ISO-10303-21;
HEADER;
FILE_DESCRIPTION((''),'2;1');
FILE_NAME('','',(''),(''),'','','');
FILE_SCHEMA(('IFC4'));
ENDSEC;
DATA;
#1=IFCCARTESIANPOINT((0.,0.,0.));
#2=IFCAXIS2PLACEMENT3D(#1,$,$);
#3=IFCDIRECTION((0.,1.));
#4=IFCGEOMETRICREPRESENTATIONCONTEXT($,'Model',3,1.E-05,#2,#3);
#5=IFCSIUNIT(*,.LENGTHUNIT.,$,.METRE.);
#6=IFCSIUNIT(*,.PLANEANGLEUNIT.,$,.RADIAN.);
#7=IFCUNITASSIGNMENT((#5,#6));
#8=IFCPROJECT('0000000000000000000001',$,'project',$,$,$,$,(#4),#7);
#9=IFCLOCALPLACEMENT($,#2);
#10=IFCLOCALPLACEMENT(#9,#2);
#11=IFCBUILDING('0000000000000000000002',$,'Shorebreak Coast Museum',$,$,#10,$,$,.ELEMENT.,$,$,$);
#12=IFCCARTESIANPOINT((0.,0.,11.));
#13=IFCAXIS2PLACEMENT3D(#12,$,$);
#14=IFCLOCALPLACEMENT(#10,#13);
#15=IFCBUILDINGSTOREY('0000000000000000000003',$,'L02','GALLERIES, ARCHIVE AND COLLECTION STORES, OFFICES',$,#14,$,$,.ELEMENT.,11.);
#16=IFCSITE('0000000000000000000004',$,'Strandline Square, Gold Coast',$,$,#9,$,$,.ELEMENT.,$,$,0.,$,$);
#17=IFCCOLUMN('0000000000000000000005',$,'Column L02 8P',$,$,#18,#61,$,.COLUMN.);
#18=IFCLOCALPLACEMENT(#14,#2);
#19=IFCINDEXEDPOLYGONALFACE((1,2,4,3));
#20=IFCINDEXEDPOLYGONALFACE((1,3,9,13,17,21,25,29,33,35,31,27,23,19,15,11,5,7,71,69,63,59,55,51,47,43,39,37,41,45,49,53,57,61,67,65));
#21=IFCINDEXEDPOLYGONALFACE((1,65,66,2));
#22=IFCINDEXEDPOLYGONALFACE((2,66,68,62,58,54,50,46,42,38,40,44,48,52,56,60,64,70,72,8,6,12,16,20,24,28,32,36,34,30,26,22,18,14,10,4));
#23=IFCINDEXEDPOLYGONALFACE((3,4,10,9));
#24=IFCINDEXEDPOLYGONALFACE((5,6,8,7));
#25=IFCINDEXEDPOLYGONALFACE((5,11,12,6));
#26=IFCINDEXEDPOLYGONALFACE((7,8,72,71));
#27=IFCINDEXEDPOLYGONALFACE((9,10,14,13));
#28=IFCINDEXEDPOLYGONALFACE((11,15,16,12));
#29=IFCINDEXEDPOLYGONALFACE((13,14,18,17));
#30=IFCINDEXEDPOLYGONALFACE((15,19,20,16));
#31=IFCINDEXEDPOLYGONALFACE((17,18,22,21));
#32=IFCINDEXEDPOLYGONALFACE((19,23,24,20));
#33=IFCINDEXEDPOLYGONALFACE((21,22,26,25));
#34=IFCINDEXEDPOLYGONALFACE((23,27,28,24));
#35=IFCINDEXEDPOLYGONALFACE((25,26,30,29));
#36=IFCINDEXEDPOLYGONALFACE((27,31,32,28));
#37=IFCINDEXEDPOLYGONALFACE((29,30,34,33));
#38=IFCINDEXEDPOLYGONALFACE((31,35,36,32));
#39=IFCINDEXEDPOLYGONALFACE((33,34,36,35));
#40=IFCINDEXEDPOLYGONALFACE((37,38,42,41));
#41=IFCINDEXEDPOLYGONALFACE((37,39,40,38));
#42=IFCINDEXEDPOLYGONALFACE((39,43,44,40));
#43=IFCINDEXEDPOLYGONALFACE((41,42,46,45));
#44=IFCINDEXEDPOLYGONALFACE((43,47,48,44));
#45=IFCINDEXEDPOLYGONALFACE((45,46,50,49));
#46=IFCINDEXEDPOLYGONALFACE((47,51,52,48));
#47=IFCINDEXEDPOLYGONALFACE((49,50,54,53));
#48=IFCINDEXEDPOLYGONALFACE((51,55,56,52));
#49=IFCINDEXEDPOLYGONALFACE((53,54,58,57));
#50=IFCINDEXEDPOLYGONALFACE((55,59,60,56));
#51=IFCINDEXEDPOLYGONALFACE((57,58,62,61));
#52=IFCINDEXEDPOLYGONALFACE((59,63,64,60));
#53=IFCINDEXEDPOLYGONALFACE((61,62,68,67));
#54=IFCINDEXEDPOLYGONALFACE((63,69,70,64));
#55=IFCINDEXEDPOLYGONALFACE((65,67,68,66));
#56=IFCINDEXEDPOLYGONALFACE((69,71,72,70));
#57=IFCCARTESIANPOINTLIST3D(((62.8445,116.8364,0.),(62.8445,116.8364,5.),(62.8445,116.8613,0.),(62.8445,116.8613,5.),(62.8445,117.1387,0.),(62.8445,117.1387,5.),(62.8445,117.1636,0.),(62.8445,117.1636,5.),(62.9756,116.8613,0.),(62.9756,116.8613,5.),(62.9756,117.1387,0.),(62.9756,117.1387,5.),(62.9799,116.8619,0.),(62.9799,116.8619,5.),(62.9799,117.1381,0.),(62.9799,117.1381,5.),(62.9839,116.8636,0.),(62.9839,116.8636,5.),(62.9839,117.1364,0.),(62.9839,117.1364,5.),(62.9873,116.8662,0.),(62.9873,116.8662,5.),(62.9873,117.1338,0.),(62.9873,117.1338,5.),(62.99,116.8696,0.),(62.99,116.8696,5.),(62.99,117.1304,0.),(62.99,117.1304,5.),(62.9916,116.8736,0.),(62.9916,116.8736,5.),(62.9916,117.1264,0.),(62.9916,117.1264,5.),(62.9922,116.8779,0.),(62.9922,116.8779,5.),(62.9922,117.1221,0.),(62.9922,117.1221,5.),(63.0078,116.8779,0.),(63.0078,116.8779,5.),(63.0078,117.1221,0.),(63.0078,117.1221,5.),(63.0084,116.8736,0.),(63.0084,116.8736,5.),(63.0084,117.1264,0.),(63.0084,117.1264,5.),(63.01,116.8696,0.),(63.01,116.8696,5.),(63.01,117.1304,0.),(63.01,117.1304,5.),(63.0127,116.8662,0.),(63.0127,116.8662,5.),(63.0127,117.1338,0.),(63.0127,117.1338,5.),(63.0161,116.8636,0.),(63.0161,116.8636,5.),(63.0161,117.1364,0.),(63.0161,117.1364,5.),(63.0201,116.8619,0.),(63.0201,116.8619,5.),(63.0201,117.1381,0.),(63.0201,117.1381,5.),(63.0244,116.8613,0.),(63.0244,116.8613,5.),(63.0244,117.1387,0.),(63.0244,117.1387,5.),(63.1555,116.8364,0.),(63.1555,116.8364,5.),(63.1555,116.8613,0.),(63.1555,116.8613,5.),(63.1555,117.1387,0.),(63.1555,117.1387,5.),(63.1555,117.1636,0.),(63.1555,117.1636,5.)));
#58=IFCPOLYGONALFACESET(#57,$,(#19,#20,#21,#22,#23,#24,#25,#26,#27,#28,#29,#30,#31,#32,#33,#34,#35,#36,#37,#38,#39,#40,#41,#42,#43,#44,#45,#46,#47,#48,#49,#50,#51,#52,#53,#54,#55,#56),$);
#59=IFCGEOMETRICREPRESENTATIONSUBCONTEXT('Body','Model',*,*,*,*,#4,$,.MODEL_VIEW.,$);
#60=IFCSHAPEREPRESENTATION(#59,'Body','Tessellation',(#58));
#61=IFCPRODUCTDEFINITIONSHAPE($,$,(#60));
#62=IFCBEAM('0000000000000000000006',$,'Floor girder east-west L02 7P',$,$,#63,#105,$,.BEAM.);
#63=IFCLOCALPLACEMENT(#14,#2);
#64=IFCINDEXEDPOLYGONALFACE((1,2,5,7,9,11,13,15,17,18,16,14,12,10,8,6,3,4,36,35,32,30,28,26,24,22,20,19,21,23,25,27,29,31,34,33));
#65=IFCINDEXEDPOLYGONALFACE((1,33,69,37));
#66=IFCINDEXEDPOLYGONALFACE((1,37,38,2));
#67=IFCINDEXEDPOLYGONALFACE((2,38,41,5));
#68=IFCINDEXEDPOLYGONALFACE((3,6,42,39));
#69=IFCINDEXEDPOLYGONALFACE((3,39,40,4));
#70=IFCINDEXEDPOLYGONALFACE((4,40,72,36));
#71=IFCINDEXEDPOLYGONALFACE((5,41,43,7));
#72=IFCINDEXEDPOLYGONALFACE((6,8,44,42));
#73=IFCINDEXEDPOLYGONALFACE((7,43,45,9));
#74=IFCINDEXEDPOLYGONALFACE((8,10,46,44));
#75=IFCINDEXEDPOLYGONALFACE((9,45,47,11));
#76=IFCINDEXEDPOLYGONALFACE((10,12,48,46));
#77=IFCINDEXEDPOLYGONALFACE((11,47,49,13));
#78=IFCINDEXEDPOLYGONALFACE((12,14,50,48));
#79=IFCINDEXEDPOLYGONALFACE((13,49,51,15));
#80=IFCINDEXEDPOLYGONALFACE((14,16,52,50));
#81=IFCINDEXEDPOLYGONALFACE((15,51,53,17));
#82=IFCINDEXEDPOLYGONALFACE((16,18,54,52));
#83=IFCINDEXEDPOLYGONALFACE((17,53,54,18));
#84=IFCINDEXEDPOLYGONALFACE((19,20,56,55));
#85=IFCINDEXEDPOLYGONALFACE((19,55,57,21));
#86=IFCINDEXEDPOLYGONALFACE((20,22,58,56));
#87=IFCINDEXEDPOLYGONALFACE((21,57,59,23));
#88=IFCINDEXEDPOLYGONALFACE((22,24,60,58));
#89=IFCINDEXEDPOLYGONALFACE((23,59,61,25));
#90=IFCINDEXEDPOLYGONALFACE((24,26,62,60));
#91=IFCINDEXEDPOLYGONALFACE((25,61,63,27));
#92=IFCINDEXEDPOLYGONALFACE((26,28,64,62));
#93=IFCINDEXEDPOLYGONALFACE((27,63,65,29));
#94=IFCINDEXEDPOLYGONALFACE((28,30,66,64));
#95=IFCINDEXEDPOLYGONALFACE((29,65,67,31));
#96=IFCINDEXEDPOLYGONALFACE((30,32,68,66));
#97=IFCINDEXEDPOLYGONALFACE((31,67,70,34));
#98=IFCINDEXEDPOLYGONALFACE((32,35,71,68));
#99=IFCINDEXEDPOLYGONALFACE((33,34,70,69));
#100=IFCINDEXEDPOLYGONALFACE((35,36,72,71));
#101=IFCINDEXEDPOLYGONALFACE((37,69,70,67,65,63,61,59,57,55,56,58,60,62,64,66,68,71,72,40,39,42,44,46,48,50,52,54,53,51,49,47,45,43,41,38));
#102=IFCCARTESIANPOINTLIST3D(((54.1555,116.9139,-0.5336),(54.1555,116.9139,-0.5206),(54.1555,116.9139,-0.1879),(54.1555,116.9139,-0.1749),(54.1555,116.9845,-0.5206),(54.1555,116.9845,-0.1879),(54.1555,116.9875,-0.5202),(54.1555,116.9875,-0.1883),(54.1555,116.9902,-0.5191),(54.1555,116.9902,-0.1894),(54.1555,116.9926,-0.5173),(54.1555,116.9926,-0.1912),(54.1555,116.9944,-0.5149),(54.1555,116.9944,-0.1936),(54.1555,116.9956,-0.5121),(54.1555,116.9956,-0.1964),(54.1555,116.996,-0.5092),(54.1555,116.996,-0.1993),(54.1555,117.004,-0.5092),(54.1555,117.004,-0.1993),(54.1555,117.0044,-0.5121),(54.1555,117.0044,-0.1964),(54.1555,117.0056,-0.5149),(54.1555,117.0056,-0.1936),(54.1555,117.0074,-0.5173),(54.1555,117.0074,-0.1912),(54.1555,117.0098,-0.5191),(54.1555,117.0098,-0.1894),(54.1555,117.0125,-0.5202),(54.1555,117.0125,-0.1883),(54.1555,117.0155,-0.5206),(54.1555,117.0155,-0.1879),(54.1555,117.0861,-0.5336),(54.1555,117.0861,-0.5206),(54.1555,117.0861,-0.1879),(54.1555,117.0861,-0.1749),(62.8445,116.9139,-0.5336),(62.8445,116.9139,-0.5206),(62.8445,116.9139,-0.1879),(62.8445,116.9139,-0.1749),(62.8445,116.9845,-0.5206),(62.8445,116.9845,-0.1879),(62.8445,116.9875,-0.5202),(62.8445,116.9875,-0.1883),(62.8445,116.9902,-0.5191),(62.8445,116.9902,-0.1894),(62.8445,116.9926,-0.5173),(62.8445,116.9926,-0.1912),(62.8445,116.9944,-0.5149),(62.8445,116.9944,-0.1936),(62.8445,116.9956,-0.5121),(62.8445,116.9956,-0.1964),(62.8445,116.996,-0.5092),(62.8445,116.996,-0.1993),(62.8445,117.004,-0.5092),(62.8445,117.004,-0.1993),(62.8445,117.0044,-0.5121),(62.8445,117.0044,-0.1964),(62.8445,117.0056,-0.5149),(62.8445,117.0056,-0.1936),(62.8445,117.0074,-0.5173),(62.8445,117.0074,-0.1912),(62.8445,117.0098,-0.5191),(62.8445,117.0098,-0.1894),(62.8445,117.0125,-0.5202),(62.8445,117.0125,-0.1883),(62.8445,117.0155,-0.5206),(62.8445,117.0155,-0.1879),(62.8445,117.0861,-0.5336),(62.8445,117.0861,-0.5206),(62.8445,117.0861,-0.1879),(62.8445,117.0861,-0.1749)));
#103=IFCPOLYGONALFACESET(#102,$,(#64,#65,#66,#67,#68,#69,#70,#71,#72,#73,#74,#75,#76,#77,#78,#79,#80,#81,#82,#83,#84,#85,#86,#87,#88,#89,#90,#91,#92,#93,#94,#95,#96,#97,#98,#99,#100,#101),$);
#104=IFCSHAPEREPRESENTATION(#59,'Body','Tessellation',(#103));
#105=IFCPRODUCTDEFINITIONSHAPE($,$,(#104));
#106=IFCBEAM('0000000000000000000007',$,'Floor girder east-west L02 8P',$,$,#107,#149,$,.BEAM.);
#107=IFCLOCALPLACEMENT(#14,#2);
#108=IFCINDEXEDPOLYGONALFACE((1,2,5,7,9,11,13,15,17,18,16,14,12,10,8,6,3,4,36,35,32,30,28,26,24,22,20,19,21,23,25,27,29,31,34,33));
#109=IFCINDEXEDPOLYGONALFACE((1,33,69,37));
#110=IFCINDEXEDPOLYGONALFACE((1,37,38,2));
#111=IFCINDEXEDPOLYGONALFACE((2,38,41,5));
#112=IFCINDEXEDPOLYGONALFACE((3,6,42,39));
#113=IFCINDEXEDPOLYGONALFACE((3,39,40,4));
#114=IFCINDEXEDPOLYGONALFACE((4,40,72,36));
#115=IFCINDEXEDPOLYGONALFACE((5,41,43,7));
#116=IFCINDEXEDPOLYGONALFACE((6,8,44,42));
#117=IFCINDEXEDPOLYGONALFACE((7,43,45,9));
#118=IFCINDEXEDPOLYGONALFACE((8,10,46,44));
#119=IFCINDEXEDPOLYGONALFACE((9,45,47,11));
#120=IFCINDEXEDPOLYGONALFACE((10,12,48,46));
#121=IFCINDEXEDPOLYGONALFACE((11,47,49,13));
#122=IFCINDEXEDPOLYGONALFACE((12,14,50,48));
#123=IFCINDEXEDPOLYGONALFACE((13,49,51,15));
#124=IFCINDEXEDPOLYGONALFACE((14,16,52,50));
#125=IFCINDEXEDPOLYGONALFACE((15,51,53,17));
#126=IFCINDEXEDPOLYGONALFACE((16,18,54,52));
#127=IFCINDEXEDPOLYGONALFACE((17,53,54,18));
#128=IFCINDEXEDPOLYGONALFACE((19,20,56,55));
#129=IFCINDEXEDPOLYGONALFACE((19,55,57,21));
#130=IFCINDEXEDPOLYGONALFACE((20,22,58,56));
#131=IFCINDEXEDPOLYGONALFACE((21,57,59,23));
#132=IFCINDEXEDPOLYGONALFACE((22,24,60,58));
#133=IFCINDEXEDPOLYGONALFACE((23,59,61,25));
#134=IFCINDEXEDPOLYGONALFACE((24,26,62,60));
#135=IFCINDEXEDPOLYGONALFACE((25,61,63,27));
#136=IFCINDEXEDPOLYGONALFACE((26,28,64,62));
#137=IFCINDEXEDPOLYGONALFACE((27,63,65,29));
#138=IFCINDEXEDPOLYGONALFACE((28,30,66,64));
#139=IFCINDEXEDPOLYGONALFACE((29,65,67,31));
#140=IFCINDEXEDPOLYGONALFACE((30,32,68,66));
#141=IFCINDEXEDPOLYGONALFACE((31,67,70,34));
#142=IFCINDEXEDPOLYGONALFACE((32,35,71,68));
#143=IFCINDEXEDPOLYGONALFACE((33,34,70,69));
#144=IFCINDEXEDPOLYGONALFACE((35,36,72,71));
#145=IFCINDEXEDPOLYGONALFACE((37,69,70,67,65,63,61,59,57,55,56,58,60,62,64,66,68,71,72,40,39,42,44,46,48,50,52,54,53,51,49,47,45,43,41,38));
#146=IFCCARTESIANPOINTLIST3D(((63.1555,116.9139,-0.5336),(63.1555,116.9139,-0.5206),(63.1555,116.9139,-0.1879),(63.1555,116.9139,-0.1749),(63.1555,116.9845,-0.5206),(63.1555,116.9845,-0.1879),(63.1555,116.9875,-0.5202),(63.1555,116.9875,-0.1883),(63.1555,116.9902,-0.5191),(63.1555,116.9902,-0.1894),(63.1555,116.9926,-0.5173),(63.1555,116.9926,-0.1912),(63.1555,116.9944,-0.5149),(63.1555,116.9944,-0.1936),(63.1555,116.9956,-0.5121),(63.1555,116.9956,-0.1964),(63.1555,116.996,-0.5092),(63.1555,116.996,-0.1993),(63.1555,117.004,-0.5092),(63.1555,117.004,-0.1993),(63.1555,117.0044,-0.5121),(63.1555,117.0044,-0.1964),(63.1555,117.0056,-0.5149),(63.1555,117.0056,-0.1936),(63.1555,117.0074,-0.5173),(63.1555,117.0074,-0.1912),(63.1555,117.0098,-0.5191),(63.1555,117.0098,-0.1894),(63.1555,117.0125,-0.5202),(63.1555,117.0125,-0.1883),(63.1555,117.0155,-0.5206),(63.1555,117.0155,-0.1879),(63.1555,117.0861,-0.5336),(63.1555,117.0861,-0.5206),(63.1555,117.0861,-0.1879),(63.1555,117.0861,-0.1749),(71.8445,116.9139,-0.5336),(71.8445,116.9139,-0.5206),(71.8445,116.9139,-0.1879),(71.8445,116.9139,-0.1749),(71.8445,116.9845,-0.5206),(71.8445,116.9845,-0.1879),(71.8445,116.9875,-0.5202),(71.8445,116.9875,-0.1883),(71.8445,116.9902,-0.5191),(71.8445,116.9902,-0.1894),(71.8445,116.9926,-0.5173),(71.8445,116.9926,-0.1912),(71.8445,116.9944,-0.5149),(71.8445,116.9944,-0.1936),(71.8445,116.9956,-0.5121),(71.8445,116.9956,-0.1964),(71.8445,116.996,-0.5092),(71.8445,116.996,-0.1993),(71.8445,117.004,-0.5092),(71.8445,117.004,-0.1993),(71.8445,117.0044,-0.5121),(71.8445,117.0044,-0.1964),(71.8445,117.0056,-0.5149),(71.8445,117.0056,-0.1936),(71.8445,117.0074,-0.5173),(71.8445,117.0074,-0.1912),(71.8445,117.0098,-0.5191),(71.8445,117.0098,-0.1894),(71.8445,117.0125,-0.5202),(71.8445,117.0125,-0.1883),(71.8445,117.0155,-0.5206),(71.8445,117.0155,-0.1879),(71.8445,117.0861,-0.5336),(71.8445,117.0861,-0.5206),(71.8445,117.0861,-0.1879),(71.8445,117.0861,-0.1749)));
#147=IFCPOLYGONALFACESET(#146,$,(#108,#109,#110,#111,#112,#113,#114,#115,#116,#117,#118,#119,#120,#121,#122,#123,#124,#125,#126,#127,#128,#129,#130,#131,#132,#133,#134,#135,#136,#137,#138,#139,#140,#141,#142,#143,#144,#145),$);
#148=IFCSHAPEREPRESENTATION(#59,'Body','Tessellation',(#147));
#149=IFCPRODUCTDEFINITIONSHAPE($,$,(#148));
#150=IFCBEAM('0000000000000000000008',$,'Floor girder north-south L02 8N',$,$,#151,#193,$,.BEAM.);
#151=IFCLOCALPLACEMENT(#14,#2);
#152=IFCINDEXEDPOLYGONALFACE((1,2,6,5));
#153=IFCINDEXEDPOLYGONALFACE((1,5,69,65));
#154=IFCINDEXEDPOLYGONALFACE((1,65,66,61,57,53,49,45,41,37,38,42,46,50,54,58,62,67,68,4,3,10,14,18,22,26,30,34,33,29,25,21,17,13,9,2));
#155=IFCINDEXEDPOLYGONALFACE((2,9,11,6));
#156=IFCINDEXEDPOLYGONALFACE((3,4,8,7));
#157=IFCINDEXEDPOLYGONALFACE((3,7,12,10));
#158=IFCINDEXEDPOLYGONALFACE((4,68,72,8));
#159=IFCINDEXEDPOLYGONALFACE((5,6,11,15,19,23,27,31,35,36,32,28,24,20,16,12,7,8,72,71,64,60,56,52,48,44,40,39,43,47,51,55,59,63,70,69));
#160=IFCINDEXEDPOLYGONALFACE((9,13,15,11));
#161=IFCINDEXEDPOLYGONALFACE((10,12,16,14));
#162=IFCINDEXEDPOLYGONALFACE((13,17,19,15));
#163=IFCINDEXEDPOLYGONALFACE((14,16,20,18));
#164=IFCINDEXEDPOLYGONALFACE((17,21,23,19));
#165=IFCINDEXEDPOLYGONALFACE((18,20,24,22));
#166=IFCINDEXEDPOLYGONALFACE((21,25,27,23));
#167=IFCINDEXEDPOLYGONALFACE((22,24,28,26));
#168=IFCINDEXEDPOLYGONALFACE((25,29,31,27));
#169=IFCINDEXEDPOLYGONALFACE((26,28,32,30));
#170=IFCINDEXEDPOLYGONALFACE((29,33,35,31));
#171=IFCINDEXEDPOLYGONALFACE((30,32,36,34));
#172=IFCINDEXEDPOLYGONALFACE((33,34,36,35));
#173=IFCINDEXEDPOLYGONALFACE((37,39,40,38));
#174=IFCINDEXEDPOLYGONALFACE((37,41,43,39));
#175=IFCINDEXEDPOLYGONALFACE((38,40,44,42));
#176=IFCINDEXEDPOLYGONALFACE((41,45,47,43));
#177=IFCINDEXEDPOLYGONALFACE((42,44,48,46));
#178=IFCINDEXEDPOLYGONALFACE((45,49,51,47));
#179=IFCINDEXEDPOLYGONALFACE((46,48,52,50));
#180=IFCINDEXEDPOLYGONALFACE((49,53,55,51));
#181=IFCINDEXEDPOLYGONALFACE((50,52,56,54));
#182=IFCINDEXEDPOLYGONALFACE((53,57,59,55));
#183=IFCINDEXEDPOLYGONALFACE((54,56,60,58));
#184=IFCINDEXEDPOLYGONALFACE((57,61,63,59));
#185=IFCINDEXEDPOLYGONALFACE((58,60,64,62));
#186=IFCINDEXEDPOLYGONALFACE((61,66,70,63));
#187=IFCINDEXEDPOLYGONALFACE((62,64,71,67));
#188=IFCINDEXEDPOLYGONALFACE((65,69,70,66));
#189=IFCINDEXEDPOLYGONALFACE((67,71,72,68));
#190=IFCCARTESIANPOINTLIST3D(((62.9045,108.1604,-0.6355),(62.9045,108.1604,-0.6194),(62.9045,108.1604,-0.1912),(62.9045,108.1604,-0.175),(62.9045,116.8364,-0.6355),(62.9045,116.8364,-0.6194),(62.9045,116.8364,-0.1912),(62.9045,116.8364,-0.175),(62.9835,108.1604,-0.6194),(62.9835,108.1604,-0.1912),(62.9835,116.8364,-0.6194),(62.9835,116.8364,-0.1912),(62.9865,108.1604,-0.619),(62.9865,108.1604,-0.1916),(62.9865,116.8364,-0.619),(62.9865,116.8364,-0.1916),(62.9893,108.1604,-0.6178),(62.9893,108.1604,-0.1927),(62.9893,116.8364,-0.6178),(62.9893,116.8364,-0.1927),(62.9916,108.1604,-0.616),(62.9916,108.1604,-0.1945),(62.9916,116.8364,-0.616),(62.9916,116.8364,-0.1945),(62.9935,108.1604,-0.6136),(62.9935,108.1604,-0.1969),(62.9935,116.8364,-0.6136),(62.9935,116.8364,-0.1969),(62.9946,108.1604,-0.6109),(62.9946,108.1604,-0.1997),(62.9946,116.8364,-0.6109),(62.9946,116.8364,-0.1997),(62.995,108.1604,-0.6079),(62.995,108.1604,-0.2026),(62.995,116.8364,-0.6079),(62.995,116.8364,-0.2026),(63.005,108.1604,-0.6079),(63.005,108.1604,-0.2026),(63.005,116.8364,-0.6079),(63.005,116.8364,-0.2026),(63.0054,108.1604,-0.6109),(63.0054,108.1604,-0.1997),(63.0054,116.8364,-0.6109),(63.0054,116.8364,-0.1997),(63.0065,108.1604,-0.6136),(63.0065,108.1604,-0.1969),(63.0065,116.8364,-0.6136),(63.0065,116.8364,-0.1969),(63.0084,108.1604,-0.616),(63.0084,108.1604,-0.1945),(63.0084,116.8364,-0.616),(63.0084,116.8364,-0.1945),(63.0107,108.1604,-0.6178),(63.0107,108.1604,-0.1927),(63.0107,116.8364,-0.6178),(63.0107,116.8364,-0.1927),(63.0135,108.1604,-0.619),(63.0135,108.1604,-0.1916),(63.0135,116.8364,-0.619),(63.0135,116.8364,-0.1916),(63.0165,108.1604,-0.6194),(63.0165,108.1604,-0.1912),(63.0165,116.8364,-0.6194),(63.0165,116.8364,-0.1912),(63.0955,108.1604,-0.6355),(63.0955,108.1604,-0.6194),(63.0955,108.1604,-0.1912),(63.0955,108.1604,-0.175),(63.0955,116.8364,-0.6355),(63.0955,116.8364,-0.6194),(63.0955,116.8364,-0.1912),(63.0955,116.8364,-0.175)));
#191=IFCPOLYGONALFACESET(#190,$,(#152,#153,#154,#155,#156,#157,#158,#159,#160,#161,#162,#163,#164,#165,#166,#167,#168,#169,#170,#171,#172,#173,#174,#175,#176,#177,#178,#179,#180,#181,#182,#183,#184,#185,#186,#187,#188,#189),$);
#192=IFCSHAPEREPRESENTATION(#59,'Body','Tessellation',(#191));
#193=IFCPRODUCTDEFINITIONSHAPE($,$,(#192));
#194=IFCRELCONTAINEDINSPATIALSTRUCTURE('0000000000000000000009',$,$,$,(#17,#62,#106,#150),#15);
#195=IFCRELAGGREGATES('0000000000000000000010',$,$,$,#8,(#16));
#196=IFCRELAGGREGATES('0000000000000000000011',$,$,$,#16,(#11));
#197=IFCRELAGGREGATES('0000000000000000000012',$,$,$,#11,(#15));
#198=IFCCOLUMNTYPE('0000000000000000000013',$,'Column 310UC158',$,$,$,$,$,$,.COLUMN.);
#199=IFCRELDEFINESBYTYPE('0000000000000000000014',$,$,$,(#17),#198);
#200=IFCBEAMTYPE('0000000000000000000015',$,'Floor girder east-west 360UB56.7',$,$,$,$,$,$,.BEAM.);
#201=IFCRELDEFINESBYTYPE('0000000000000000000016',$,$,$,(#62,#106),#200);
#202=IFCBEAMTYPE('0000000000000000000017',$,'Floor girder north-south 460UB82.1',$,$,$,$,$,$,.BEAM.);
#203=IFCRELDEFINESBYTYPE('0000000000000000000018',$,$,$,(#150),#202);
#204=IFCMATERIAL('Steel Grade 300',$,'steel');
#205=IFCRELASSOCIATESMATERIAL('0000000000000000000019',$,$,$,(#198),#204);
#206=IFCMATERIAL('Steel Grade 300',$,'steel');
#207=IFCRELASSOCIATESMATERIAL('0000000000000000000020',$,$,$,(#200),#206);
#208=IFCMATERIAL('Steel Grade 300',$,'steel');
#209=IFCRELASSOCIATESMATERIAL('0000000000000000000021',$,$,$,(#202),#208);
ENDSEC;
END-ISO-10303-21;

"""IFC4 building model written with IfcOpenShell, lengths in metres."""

from ifc_helpers import new_model, si_unit, direction, frame, origin, origin_2d, place, context, subcontext, project, spatial, i_section, extrude, material, material_profile, profile_set, type_object, element, save


model = new_model("IFC4")

# Units and contexts
model_context = context("Model", 3, precision=1e-05, world=origin(), true_north=direction((0.0, 1.0)))
body_context = subcontext(model_context, "Body", "Model", "MODEL_VIEW")
ifc_project = project(units=[si_unit("LENGTHUNIT", "METRE"), si_unit("PLANEANGLEUNIT", "RADIAN")], contexts=[model_context])

# Site, building, storey
site_placement = place(None, origin())
site = spatial("IfcSite", under=ifc_project, at=site_placement, Name="Strandline Square, Gold Coast", CompositionType="ELEMENT", RefElevation=0.0)
building_placement = place(site_placement, origin())
building = spatial("IfcBuilding", under=site, at=building_placement, Name="Shorebreak Coast Museum", CompositionType="ELEMENT")
storey_placement = place(building_placement, frame((0.0, 0.0, 11.0)))
storey = spatial("IfcBuildingStorey", under=building, at=storey_placement, Name="L02", Description="GALLERIES, ARCHIVE AND COLLECTION STORES, OFFICES", CompositionType="ELEMENT", Elevation=11.0)

# Column
ifc_material_1 = material(Name="Steel Grade 300", Category="steel")
ifc_material_profile_1 = material_profile(ifc_material_1, i_section(OverallWidth=0.311, OverallDepth=0.3271, WebThickness=0.0156, FlangeThickness=0.0249, FilletRadius=0.0166, at=origin_2d()), Name="310UC158")
ifc_profile_set_1 = profile_set([ifc_material_profile_1], Name="Steel Grade 300")
column_type = type_object("IfcColumnType", Name="Column 310UC158", PredefinedType="COLUMN", material=ifc_profile_set_1)
column_placement = place(storey_placement, frame((63.0, 117.0, 0.0), z_axis=(0.0, 0.0, 1.0), x_axis=(1.0, 0.0, 0.0)))
element("IfcColumn", 1, at=column_placement, inside=storey, type_object=column_type, Name="Column L02 8P", PredefinedType="COLUMN", context=body_context, shape_type="SweptSolid", body=[
    extrude(i_section(OverallWidth=0.311, OverallDepth=0.3271, WebThickness=0.0156, FlangeThickness=0.0249, FilletRadius=0.0166, at=origin_2d()), origin(), (0.0, 0.0, 1.0), 5.0),
])

# Beams
ifc_material_2 = material(Name="Steel Grade 300", Category="steel")
ifc_material_profile_2 = material_profile(ifc_material_2, i_section(OverallWidth=0.1721, OverallDepth=0.3586, WebThickness=0.0081, FlangeThickness=0.0129, FilletRadius=0.0115, at=origin_2d()), Name="360UB56.7")
ifc_profile_set_2 = profile_set([ifc_material_profile_2], Name="Steel Grade 300")
beam_type_1 = type_object("IfcBeamType", Name="Floor girder east-west 360UB56.7", PredefinedType="BEAM", material=ifc_profile_set_2)
for number, where, z_axis, x_axis, name in (
    (2, (54.1555, 117.0, -0.3542), (1.0, 0.0, 0.0), (0.0, 1.0, 0.0), "Floor girder east-west L02 7P"),
    (3, (63.1555, 117.0, -0.3542), (1.0, 0.0, 0.0), (0.0, 1.0, 0.0), "Floor girder east-west L02 8P"),
):
    element("IfcBeam", number, at=place(storey_placement, frame(where, z_axis=z_axis, x_axis=x_axis)), inside=storey, type_object=beam_type_1, Name=name, PredefinedType="BEAM", context=body_context, shape_type="SweptSolid", body=[
        extrude(i_section(OverallWidth=0.1721, OverallDepth=0.3586, WebThickness=0.0081, FlangeThickness=0.0129, FilletRadius=0.0115, at=origin_2d()), origin(), (0.0, 0.0, 1.0), 8.689),
    ])
ifc_material_3 = material(Name="Steel Grade 300", Category="steel")
ifc_material_profile_3 = material_profile(ifc_material_3, i_section(OverallWidth=0.1909, OverallDepth=0.4604, WebThickness=0.01, FlangeThickness=0.0161, FilletRadius=0.0115, at=origin_2d()), Name="460UB82.1")
ifc_profile_set_3 = profile_set([ifc_material_profile_3], Name="Steel Grade 300")
beam_type_2 = type_object("IfcBeamType", Name="Floor girder north-south 460UB82.1", PredefinedType="BEAM", material=ifc_profile_set_3)
beam_placement = place(storey_placement, frame((63.0, 108.1604, -0.4053), z_axis=(0.0, 1.0, 0.0), x_axis=(-1.0, 0.0, 0.0)))
element("IfcBeam", 4, at=beam_placement, inside=storey, type_object=beam_type_2, Name="Floor girder north-south L02 8N", PredefinedType="BEAM", context=body_context, shape_type="SweptSolid", body=[
    extrude(i_section(OverallWidth=0.1909, OverallDepth=0.4604, WebThickness=0.01, FlangeThickness=0.0161, FilletRadius=0.0115, at=origin_2d()), origin(), (0.0, 0.0, 1.0), 8.676),
])

save(model, "model.ifc")
